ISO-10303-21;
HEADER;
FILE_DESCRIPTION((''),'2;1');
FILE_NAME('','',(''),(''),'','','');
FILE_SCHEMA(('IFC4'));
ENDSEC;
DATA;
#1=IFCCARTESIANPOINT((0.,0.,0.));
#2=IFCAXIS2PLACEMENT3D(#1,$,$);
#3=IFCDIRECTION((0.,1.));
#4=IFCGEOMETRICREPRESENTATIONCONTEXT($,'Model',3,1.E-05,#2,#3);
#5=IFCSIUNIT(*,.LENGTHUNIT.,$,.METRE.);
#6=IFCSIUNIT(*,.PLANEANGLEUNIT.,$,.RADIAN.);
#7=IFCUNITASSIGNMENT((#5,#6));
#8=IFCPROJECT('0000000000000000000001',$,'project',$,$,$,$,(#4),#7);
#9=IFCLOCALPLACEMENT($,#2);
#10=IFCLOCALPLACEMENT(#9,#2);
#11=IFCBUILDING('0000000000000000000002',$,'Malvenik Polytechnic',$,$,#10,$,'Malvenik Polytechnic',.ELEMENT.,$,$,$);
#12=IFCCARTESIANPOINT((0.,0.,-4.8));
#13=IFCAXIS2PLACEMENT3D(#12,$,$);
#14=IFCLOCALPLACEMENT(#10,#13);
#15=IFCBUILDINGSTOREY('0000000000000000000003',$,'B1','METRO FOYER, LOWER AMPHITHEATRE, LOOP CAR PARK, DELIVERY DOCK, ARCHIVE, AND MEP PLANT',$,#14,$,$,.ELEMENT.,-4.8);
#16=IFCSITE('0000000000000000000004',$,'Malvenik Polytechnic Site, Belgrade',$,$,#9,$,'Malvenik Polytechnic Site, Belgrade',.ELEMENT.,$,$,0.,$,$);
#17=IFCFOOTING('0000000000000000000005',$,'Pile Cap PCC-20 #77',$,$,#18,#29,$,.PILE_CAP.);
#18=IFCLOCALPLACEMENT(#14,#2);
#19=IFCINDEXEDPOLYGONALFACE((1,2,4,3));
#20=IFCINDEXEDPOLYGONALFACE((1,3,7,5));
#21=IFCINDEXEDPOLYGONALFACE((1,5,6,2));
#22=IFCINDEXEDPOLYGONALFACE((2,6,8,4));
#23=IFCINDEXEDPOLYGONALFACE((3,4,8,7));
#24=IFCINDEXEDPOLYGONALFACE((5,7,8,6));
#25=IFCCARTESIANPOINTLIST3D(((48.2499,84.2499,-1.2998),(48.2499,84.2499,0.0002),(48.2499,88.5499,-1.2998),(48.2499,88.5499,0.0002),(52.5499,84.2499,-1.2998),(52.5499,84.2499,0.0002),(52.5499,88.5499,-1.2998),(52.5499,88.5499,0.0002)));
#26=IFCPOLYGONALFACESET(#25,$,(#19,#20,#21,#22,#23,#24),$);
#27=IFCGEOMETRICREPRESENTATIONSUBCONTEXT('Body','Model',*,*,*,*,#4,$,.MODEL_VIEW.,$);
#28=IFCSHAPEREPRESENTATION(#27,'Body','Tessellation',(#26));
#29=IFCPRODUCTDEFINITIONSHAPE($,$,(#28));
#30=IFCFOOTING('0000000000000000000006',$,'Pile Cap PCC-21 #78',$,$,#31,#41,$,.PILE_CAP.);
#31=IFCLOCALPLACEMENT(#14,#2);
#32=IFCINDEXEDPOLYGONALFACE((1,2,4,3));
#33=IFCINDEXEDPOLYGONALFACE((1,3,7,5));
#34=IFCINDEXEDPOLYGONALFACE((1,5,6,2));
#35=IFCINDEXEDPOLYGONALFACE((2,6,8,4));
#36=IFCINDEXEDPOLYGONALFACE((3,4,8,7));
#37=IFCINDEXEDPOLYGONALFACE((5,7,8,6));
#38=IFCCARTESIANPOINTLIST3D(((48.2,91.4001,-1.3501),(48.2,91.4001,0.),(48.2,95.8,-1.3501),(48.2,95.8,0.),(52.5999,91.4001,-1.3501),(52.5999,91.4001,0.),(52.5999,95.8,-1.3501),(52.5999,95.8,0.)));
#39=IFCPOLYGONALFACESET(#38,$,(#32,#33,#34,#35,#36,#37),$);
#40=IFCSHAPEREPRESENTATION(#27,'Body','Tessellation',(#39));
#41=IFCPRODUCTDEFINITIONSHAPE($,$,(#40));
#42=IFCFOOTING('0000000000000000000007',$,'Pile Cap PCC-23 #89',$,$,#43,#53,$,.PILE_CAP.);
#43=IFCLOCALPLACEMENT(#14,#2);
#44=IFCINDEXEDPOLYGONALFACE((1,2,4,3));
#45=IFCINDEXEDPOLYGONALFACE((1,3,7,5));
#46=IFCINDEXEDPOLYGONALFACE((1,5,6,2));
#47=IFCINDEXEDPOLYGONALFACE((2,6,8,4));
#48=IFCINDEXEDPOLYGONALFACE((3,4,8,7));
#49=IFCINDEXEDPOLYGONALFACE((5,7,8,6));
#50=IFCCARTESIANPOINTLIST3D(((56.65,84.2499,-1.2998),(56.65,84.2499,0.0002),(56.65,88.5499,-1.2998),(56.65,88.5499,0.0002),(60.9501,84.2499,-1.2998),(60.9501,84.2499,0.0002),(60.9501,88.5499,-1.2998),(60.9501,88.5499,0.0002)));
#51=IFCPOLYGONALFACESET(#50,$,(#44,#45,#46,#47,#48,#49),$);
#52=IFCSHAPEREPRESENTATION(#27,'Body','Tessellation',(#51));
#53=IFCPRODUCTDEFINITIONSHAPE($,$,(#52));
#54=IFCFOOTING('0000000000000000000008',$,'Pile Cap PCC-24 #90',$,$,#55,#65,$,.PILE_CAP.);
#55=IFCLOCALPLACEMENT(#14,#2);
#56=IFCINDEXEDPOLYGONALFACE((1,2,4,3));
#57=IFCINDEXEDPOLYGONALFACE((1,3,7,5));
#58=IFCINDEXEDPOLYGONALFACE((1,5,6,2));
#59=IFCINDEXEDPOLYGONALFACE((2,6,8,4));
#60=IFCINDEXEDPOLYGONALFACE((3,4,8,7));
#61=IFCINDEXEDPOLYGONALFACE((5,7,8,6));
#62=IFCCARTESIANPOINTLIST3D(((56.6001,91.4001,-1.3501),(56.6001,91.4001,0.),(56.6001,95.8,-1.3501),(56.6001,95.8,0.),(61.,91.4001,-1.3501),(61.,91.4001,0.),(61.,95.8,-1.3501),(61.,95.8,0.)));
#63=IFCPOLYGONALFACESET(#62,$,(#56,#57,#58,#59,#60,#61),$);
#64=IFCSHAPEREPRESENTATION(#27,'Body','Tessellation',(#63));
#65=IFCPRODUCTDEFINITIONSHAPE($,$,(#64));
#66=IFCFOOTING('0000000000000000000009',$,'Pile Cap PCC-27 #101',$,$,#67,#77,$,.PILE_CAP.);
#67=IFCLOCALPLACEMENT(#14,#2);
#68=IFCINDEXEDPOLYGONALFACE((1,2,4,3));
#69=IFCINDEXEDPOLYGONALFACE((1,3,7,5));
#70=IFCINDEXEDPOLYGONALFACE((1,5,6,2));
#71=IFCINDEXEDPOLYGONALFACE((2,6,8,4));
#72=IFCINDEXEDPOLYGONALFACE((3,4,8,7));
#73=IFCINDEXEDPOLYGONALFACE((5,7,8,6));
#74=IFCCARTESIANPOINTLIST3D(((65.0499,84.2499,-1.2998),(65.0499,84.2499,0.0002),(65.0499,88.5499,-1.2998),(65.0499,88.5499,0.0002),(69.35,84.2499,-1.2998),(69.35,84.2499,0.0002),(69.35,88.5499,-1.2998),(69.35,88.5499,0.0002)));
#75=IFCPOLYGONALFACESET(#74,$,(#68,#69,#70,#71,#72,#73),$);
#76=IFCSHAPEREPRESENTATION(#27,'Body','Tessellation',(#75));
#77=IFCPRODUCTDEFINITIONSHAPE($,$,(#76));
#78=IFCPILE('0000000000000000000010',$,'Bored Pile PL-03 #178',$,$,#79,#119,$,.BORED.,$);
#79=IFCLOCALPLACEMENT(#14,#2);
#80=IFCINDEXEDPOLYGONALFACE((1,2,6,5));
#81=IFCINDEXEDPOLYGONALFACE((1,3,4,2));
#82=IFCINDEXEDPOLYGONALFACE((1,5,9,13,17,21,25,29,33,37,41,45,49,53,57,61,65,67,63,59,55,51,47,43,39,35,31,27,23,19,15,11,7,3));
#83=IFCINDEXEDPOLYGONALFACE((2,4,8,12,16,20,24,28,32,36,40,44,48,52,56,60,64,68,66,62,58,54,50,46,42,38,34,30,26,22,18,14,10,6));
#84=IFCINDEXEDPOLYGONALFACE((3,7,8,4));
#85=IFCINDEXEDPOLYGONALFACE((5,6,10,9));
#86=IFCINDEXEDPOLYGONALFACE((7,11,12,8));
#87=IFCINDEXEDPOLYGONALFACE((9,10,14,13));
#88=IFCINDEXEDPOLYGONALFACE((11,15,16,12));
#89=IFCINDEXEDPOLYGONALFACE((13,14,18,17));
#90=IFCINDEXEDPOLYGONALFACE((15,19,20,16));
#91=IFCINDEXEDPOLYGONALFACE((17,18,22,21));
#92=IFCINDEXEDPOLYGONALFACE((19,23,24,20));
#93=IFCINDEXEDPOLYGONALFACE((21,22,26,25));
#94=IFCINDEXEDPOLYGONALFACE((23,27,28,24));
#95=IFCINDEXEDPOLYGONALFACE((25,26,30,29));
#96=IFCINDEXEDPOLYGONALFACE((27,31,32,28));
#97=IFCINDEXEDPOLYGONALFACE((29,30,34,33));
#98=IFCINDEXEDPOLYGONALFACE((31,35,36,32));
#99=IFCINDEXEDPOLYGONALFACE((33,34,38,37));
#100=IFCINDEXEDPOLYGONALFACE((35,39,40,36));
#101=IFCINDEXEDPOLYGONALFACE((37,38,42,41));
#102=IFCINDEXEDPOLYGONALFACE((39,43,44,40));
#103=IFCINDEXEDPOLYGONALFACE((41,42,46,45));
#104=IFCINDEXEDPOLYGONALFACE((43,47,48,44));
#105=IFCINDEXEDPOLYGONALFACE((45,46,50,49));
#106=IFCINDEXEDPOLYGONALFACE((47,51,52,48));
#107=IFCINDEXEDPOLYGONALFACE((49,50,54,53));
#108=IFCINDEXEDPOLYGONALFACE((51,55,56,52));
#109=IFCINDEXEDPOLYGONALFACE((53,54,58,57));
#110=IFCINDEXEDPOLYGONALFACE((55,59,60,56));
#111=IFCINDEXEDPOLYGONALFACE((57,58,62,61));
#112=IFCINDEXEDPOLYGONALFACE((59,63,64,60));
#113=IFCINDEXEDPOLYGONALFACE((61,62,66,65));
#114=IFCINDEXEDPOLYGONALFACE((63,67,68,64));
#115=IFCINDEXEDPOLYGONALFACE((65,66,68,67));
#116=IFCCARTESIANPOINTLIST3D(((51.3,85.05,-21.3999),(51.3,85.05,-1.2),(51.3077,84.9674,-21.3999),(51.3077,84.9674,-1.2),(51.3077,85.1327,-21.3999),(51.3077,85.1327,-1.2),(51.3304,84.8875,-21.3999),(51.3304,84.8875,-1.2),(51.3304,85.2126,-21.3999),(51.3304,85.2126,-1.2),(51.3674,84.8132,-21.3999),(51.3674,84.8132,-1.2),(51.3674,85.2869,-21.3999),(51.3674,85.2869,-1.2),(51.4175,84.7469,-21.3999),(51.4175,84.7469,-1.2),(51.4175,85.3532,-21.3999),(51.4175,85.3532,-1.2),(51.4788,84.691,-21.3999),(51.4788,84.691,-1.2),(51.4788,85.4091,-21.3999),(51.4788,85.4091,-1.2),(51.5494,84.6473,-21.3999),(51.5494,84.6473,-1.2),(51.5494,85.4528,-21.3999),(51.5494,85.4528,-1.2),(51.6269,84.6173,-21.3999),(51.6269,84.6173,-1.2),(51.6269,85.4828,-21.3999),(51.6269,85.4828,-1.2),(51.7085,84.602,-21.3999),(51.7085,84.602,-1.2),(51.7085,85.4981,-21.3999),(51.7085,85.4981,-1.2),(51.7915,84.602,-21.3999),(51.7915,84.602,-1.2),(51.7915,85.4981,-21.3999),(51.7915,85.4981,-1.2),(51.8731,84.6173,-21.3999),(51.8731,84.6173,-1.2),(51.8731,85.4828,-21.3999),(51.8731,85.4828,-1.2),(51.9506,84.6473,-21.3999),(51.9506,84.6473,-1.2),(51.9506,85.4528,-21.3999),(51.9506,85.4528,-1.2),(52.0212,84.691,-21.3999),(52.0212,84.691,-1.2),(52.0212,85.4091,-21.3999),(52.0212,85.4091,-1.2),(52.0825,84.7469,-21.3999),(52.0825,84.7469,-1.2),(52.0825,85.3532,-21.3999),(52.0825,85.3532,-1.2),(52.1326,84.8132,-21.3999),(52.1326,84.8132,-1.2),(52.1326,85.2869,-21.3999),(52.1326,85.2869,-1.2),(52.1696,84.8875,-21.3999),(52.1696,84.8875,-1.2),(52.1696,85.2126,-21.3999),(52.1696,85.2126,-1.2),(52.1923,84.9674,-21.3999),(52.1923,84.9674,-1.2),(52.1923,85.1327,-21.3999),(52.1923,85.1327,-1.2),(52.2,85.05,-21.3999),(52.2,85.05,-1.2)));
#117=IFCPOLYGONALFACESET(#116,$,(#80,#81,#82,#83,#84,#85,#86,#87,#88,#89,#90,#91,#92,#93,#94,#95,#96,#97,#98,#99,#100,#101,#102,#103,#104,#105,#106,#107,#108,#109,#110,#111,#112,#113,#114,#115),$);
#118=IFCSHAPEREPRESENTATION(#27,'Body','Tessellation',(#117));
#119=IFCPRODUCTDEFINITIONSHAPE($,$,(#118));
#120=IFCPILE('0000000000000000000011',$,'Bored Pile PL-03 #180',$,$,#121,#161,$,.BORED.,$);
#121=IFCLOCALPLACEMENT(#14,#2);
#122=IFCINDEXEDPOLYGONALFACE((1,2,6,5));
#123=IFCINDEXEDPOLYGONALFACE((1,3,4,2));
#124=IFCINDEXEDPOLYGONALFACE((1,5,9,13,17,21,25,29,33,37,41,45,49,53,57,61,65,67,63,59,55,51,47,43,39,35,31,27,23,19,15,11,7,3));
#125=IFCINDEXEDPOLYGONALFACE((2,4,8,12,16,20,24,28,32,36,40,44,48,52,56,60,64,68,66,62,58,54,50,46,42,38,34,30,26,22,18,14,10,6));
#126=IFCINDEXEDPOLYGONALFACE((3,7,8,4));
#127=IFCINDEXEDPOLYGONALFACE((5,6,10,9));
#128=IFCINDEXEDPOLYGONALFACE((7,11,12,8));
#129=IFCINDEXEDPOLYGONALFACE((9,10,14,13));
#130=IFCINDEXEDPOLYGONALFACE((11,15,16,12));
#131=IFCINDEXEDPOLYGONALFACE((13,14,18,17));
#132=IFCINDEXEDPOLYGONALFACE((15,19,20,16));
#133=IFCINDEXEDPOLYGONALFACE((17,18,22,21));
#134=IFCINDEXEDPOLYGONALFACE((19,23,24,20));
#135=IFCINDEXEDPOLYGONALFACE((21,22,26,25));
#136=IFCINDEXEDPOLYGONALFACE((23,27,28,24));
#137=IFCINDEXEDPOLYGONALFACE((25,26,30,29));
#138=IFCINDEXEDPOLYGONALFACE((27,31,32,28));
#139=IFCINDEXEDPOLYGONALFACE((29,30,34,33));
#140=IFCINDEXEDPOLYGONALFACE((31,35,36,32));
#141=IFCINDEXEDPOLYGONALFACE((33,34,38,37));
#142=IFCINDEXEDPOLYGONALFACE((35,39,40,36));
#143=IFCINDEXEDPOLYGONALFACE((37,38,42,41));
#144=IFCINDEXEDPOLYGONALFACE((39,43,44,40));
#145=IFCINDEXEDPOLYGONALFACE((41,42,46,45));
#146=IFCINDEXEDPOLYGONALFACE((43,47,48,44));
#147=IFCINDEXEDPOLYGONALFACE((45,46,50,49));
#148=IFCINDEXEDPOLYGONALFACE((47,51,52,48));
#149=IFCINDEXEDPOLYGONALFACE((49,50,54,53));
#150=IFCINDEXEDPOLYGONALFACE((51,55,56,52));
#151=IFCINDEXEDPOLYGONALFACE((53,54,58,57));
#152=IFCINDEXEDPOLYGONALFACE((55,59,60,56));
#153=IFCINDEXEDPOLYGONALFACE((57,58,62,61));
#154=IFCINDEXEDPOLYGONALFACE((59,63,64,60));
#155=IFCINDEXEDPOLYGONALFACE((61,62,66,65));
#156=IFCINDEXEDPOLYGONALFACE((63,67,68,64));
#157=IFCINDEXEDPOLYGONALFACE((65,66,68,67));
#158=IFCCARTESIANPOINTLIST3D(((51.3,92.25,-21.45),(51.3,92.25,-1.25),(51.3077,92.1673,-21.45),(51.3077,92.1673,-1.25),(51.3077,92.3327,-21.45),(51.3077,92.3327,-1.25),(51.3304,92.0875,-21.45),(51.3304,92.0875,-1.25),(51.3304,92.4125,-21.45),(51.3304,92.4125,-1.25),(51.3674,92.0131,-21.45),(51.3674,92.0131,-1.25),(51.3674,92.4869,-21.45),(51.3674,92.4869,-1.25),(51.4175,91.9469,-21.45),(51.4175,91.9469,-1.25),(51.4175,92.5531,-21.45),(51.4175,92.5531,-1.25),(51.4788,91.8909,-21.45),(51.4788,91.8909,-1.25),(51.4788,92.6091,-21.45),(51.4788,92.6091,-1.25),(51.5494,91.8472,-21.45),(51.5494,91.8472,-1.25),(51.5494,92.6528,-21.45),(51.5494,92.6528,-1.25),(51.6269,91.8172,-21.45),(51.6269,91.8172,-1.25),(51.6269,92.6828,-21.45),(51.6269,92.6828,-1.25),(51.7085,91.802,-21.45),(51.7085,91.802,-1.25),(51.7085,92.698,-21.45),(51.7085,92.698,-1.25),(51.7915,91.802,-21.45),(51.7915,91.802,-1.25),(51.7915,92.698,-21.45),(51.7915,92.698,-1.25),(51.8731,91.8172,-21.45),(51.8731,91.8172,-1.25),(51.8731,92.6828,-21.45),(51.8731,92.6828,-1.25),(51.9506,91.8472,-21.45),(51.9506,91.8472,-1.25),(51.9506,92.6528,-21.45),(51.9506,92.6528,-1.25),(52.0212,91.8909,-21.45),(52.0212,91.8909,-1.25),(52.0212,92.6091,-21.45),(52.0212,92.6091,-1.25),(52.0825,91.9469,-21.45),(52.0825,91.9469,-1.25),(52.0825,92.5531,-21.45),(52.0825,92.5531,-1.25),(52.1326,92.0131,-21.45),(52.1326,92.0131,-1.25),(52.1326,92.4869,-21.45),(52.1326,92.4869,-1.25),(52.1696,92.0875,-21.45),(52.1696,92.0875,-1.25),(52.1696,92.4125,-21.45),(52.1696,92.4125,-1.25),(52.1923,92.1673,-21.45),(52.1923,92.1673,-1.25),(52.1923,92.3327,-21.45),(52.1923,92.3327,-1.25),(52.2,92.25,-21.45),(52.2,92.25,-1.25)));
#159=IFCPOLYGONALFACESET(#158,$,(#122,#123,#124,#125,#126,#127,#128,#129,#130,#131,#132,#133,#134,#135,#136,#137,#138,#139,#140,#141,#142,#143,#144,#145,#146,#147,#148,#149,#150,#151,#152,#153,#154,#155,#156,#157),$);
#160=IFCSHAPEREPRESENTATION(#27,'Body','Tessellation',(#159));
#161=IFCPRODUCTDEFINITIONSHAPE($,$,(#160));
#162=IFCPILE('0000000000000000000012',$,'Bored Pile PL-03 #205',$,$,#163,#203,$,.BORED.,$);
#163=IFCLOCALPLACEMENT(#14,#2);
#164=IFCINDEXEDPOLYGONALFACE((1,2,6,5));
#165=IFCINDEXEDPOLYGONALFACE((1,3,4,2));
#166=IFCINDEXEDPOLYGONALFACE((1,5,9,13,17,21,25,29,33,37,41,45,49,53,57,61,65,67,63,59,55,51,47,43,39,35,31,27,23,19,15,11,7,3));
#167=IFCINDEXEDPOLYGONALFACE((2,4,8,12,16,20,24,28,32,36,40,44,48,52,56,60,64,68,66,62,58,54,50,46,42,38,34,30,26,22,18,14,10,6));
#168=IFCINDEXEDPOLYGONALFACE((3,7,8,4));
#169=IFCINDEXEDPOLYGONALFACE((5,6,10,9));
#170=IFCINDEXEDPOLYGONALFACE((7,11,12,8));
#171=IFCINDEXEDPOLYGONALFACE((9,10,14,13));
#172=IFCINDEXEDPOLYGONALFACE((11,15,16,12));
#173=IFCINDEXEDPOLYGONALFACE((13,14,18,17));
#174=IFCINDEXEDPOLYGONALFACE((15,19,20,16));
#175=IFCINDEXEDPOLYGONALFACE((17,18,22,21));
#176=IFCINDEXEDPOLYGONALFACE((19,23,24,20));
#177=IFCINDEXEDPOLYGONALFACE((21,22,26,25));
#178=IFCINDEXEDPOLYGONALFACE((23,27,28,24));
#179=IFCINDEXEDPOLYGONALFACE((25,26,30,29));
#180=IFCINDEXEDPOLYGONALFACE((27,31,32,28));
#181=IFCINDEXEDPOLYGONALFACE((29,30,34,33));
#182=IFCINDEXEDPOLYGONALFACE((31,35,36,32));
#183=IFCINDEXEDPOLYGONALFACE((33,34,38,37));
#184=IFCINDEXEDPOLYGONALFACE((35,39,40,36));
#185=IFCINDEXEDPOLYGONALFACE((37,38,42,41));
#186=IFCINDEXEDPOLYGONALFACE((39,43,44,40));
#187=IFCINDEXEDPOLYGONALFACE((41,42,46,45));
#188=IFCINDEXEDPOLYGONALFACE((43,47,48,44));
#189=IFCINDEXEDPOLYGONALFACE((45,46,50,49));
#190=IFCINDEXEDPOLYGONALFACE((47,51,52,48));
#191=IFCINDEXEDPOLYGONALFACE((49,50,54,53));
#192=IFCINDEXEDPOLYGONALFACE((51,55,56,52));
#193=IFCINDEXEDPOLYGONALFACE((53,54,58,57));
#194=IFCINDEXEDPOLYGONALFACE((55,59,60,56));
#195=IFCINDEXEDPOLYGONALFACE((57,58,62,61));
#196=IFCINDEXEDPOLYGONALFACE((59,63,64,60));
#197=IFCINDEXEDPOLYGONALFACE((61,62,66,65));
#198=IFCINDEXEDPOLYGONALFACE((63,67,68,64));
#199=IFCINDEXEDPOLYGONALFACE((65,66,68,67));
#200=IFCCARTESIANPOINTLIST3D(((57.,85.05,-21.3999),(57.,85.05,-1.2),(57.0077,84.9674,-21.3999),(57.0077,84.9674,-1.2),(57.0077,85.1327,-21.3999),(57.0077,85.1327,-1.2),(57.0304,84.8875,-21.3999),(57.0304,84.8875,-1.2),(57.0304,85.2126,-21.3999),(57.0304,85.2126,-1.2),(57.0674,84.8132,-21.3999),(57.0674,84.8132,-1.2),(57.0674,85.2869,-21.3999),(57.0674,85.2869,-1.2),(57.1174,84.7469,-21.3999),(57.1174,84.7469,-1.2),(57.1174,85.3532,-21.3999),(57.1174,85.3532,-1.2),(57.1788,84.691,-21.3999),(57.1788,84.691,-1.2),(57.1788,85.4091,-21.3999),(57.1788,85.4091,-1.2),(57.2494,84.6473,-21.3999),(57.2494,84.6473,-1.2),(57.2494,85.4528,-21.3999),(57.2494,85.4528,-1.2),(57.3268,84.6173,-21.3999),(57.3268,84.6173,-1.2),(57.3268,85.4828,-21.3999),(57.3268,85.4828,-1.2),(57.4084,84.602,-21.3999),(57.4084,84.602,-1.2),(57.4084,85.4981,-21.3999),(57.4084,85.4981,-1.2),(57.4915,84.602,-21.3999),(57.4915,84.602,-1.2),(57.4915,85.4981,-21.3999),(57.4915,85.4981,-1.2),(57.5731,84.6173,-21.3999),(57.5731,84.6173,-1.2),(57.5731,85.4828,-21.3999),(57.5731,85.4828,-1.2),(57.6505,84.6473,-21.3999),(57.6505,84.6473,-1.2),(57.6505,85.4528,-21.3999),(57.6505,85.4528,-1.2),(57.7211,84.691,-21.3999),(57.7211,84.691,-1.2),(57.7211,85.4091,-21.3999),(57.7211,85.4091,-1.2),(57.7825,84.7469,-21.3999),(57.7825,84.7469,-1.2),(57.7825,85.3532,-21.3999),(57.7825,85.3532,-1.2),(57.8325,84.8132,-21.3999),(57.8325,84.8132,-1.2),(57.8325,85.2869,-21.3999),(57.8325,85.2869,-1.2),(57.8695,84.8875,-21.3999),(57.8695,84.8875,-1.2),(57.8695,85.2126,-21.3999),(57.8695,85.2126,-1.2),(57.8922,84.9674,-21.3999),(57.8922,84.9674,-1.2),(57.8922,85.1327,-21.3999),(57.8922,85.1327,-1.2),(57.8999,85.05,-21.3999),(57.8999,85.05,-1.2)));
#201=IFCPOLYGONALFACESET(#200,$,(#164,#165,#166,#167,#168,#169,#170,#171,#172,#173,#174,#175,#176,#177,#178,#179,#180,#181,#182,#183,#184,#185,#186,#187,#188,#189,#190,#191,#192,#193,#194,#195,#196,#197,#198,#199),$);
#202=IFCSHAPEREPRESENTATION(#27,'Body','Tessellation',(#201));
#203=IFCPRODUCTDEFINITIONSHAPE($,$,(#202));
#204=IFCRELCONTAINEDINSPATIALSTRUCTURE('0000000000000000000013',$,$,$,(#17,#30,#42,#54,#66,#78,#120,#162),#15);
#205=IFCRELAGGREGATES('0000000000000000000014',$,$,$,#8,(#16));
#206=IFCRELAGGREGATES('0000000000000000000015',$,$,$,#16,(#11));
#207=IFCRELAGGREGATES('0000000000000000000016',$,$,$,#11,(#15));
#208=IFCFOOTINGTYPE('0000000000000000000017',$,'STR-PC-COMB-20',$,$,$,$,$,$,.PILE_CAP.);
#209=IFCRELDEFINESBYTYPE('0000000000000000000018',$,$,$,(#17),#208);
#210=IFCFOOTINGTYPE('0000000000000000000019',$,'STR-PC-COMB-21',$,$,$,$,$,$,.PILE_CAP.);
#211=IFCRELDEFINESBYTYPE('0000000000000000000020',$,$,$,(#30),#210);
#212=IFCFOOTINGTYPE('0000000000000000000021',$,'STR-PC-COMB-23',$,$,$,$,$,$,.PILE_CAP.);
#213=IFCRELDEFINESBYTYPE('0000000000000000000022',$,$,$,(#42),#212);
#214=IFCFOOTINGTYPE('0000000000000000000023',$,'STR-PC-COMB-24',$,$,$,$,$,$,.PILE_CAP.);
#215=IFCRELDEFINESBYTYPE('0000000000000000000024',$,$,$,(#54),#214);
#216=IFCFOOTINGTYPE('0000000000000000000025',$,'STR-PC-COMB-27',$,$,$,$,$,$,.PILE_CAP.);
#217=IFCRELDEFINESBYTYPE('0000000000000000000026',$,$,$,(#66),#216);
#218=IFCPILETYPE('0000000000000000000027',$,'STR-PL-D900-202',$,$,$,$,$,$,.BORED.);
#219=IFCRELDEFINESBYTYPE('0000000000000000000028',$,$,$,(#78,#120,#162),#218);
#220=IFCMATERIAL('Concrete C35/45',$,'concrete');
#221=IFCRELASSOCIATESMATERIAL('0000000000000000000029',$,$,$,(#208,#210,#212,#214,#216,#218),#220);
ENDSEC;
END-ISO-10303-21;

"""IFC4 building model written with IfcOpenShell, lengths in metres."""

from ifc_helpers import new_model, si_unit, direction, frame, origin, origin_2d, place, context, subcontext, project, spatial, rectangle, circle, extrude, material, material_profile, profile_set, type_object, element, save


model = new_model("IFC4")

# Units and contexts
model_context = context("Model", 3, precision=1e-05, world=origin(), true_north=direction((0.0, 1.0)))
body_context = subcontext(model_context, "Body", "Model", "MODEL_VIEW")
ifc_project = project(units=[si_unit("LENGTHUNIT", "METRE"), si_unit("PLANEANGLEUNIT", "RADIAN")], contexts=[model_context])

# Site, building, storey
site_placement = place(None, origin())
site = spatial("IfcSite", under=ifc_project, at=site_placement, Name="Malvenik Polytechnic Site, Belgrade", LongName="Malvenik Polytechnic Site, Belgrade", CompositionType="ELEMENT", RefElevation=0.0)
building_placement = place(site_placement, origin())
building = spatial("IfcBuilding", under=site, at=building_placement, Name="Malvenik Polytechnic", LongName="Malvenik Polytechnic", CompositionType="ELEMENT")
storey_placement = place(building_placement, frame((0.0, 0.0, -4.8)))
storey = spatial("IfcBuildingStorey", under=building, at=storey_placement, Name="B1", Description="METRO FOYER, LOWER AMPHITHEATRE, LOOP CAR PARK, DELIVERY DOCK, ARCHIVE, AND MEP PLANT", CompositionType="ELEMENT", Elevation=-4.8)

# Footings
ifc_material_1 = material(Name="Concrete C35/45", Category="concrete")
footing_type_1 = type_object("IfcFootingType", Name="STR-PC-COMB-20", PredefinedType="PILE_CAP", material=ifc_material_1)
footing_1_placement = place(storey_placement, frame((50.3999, 86.3999, -1.2998), z_axis=(0.0, 0.0, 1.0), x_axis=(1.0, 0.0, 0.0)))
element("IfcFooting", 1, at=footing_1_placement, inside=storey, type_object=footing_type_1, Name="Pile Cap PCC-20 #77", PredefinedType="PILE_CAP", context=body_context, shape_type="SweptSolid", body=[
    extrude(rectangle(XDim=4.3, YDim=4.3, at=origin_2d()), origin(), (0.0, 0.0, 1.0), 1.3),
])
footing_type_2 = type_object("IfcFootingType", Name="STR-PC-COMB-21", PredefinedType="PILE_CAP", material=ifc_material_1)
footing_2_placement = place(storey_placement, frame((50.3999, 93.6001, -1.3501), z_axis=(0.0, 0.0, 1.0), x_axis=(1.0, 0.0, 0.0)))
element("IfcFooting", 2, at=footing_2_placement, inside=storey, type_object=footing_type_2, Name="Pile Cap PCC-21 #78", PredefinedType="PILE_CAP", context=body_context, shape_type="SweptSolid", body=[
    extrude(rectangle(XDim=4.3999, YDim=4.3999, at=origin_2d()), origin(), (0.0, 0.0, 1.0), 1.3501),
])
footing_type_3 = type_object("IfcFootingType", Name="STR-PC-COMB-23", PredefinedType="PILE_CAP", material=ifc_material_1)
footing_3_placement = place(storey_placement, frame((58.8, 86.3999, -1.2998), z_axis=(0.0, 0.0, 1.0), x_axis=(1.0, 0.0, 0.0)))
element("IfcFooting", 3, at=footing_3_placement, inside=storey, type_object=footing_type_3, Name="Pile Cap PCC-23 #89", PredefinedType="PILE_CAP", context=body_context, shape_type="SweptSolid", body=[
    extrude(rectangle(XDim=4.3, YDim=4.3, at=origin_2d()), origin(), (0.0, 0.0, 1.0), 1.3),
])
footing_type_4 = type_object("IfcFootingType", Name="STR-PC-COMB-24", PredefinedType="PILE_CAP", material=ifc_material_1)
footing_4_placement = place(storey_placement, frame((58.8, 93.6001, -1.3501), z_axis=(0.0, 0.0, 1.0), x_axis=(1.0, 0.0, 0.0)))
element("IfcFooting", 4, at=footing_4_placement, inside=storey, type_object=footing_type_4, Name="Pile Cap PCC-24 #90", PredefinedType="PILE_CAP", context=body_context, shape_type="SweptSolid", body=[
    extrude(rectangle(XDim=4.3999, YDim=4.3999, at=origin_2d()), origin(), (0.0, 0.0, 1.0), 1.3501),
])
footing_type_5 = type_object("IfcFootingType", Name="STR-PC-COMB-27", PredefinedType="PILE_CAP", material=ifc_material_1)
footing_5_placement = place(storey_placement, frame((67.2, 86.3999, -1.2998), z_axis=(0.0, 0.0, 1.0), x_axis=(1.0, 0.0, 0.0)))
element("IfcFooting", 5, at=footing_5_placement, inside=storey, type_object=footing_type_5, Name="Pile Cap PCC-27 #101", PredefinedType="PILE_CAP", context=body_context, shape_type="SweptSolid", body=[
    extrude(rectangle(XDim=4.3, YDim=4.3, at=origin_2d()), origin(), (0.0, 0.0, 1.0), 1.3),
])

# Piles
ifc_material_profile_1 = material_profile(ifc_material_1, circle(Radius=0.45, at=origin_2d()), Name="BORED PILE D900")
ifc_profile_set_1 = profile_set([ifc_material_profile_1], Name="Concrete C35/45")
pile_type = type_object("IfcPileType", Name="STR-PL-D900-202", PredefinedType="BORED", material=ifc_profile_set_1)
for number, where, z_axis, x_axis, name in (
    (6, (51.75, 85.05, -1.2), (0.0, 0.0, -1.0), (1.0, 0.0, 0.0), "Bored Pile PL-03 #178"),
    (7, (51.75, 92.25, -1.25), (0.0, 0.0, -1.0), (1.0, 0.0, 0.0), "Bored Pile PL-03 #180"),
    (8, (57.45, 85.05, -1.2), (0.0, 0.0, -1.0), (1.0, 0.0, 0.0), "Bored Pile PL-03 #205"),
):
    element("IfcPile", number, at=place(storey_placement, frame(where, z_axis=z_axis, x_axis=x_axis)), inside=storey, type_object=pile_type, Name=name, PredefinedType="BORED", context=body_context, shape_type="SweptSolid", body=[
        extrude(circle(Radius=0.45, at=origin_2d()), origin(), (0.0, 0.0, 1.0), 20.2),
    ])

save(model, "model.ifc")
